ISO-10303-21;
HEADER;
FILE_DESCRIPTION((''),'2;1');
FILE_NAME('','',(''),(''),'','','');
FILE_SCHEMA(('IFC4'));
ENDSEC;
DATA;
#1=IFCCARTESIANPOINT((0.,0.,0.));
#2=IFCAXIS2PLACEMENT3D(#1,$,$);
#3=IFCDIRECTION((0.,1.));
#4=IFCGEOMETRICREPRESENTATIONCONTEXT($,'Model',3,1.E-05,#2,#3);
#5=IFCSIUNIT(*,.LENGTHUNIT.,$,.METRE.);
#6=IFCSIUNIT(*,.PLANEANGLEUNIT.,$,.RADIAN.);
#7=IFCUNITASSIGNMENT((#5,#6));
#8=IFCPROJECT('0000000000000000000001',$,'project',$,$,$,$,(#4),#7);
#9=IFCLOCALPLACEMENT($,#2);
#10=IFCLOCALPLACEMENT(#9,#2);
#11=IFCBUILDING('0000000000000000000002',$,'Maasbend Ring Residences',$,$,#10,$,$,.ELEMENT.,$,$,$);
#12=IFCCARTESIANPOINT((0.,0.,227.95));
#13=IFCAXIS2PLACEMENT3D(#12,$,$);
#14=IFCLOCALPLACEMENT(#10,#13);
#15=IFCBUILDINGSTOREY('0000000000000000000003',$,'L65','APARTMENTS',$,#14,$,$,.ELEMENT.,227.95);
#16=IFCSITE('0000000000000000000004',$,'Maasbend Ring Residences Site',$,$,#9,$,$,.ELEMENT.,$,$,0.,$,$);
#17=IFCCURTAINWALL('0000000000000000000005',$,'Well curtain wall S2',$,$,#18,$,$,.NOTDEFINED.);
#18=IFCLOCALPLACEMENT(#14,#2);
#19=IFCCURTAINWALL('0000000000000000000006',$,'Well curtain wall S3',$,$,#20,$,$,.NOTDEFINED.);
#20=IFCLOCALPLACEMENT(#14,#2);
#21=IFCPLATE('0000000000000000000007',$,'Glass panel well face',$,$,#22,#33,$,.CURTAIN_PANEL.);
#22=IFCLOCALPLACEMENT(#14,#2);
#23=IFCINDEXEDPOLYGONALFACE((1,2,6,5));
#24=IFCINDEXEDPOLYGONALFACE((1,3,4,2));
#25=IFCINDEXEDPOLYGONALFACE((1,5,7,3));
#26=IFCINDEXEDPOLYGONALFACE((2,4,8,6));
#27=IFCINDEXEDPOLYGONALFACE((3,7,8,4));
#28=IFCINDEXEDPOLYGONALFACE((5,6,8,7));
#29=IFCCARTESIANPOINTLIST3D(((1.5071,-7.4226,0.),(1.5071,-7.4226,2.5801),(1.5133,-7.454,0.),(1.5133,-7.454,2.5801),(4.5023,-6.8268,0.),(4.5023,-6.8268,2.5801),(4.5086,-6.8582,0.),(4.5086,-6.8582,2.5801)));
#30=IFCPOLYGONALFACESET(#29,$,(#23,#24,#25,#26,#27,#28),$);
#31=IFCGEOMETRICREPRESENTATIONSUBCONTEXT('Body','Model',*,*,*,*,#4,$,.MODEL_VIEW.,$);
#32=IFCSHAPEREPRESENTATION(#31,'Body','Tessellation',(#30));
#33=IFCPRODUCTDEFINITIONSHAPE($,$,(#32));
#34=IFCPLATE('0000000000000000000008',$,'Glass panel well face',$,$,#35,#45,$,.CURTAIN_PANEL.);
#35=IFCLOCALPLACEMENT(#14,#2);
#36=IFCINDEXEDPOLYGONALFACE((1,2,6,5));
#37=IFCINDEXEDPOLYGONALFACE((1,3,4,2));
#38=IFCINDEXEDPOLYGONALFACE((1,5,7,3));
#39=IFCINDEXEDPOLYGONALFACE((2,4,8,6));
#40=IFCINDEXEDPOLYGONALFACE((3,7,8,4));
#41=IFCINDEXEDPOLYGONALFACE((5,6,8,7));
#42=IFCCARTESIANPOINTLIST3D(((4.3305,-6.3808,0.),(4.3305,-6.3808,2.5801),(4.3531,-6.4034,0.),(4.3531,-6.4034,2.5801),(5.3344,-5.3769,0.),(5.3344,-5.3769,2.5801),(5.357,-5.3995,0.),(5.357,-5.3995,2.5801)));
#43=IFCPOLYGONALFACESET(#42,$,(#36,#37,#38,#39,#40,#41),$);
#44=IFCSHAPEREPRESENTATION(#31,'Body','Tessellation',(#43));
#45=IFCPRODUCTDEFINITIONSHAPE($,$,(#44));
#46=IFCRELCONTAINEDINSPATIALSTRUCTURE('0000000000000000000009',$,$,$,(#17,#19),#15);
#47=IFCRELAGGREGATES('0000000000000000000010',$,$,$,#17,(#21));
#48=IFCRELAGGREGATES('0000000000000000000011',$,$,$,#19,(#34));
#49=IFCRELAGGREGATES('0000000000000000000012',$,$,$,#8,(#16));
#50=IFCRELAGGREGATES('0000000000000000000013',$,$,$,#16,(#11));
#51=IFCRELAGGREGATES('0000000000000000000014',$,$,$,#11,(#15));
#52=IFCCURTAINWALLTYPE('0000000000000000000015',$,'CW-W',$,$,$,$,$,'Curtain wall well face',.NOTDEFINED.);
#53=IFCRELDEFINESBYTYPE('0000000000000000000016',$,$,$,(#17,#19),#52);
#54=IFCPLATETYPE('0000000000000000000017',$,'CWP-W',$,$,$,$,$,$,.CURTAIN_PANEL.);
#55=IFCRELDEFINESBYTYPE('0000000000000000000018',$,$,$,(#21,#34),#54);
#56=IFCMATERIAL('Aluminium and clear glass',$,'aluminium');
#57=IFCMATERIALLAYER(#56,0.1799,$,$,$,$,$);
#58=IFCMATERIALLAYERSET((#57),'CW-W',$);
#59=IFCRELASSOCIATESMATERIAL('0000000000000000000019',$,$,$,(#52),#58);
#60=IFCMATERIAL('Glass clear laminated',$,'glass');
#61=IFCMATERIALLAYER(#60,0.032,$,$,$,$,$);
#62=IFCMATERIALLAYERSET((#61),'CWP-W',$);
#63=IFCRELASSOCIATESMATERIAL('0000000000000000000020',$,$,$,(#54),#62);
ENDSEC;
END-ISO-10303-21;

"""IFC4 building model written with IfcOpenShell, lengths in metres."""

from ifc_helpers import new_model, si_unit, direction, frame, origin, origin_2d, place, context, subcontext, project, spatial, rectangle, extrude, material, layer, layer_set, type_object, element, aggregate, save


model = new_model("IFC4")

# Units and contexts
model_context = context("Model", 3, precision=1e-05, world=origin(), true_north=direction((0.0, 1.0)))
body_context = subcontext(model_context, "Body", "Model", "MODEL_VIEW")
ifc_project = project(units=[si_unit("LENGTHUNIT", "METRE"), si_unit("PLANEANGLEUNIT", "RADIAN")], contexts=[model_context])

# Site, building, storey
site_placement = place(None, origin())
site = spatial("IfcSite", under=ifc_project, at=site_placement, Name="Maasbend Ring Residences Site", CompositionType="ELEMENT", RefElevation=0.0)
building_placement = place(site_placement, origin())
building = spatial("IfcBuilding", under=site, at=building_placement, Name="Maasbend Ring Residences", CompositionType="ELEMENT")
storey_placement = place(building_placement, frame((0.0, 0.0, 227.95)))
storey = spatial("IfcBuildingStorey", under=building, at=storey_placement, Name="L65", Description="APARTMENTS", CompositionType="ELEMENT", Elevation=227.95)

# Curtain walls
ifc_material_1 = material(Name="Aluminium and clear glass", Category="aluminium")
ifc_layer_1 = layer(ifc_material_1, 0.1799)
ifc_layer_set_1 = layer_set([ifc_layer_1], Name="CW-W")
curtain_wall_type = type_object("IfcCurtainWallType", Name="CW-W", ElementType="Curtain wall well face", PredefinedType="NOTDEFINED", material=ifc_layer_set_1)
curtain_wall_1_placement = place(storey_placement, origin())
curtain_wall_1 = element("IfcCurtainWall", 1, at=curtain_wall_1_placement, inside=storey, type_object=curtain_wall_type, Name="Well curtain wall S2", PredefinedType="NOTDEFINED")
curtain_wall_2_placement = place(storey_placement, origin())
curtain_wall_2 = element("IfcCurtainWall", 2, at=curtain_wall_2_placement, inside=storey, type_object=curtain_wall_type, Name="Well curtain wall S3", PredefinedType="NOTDEFINED")

# Plates
ifc_material_2 = material(Name="Glass clear laminated", Category="glass")
ifc_layer_2 = layer(ifc_material_2, 0.032)
ifc_layer_set_2 = layer_set([ifc_layer_2], Name="CWP-W")
plate_type = type_object("IfcPlateType", Name="CWP-W", PredefinedType="CURTAIN_PANEL", material=ifc_layer_set_2)
plate_1_placement = place(storey_placement, frame((3.0078, -7.1404, 0.0), z_axis=(0.0, 0.0, 1.0), x_axis=(0.980785, 0.19509, 0.0)))
plate_1 = element("IfcPlate", 3, at=plate_1_placement, type_object=plate_type, Name="Glass panel well face", PredefinedType="CURTAIN_PANEL", context=body_context, shape_type="SweptSolid", body=[
    extrude(rectangle(XDim=3.054, YDim=0.032, at=origin_2d()), origin(), (0.0, 0.0, 1.0), 2.5801),
])
aggregate(curtain_wall_1, [plate_1])
plate_2_placement = place(storey_placement, frame((4.8438, -5.8901, 0.0), z_axis=(0.0, 0.0, 1.0), x_axis=(0.707107, 0.707107, 0.0)))
plate_2 = element("IfcPlate", 4, at=plate_2_placement, type_object=plate_type, Name="Glass panel well face", PredefinedType="CURTAIN_PANEL", context=body_context, shape_type="SweptSolid", body=[
    extrude(rectangle(XDim=1.4197, YDim=0.032, at=origin_2d()), origin(), (0.0, 0.0, 1.0), 2.5801),
])
aggregate(curtain_wall_2, [plate_2])

save(model, "model.ifc")
